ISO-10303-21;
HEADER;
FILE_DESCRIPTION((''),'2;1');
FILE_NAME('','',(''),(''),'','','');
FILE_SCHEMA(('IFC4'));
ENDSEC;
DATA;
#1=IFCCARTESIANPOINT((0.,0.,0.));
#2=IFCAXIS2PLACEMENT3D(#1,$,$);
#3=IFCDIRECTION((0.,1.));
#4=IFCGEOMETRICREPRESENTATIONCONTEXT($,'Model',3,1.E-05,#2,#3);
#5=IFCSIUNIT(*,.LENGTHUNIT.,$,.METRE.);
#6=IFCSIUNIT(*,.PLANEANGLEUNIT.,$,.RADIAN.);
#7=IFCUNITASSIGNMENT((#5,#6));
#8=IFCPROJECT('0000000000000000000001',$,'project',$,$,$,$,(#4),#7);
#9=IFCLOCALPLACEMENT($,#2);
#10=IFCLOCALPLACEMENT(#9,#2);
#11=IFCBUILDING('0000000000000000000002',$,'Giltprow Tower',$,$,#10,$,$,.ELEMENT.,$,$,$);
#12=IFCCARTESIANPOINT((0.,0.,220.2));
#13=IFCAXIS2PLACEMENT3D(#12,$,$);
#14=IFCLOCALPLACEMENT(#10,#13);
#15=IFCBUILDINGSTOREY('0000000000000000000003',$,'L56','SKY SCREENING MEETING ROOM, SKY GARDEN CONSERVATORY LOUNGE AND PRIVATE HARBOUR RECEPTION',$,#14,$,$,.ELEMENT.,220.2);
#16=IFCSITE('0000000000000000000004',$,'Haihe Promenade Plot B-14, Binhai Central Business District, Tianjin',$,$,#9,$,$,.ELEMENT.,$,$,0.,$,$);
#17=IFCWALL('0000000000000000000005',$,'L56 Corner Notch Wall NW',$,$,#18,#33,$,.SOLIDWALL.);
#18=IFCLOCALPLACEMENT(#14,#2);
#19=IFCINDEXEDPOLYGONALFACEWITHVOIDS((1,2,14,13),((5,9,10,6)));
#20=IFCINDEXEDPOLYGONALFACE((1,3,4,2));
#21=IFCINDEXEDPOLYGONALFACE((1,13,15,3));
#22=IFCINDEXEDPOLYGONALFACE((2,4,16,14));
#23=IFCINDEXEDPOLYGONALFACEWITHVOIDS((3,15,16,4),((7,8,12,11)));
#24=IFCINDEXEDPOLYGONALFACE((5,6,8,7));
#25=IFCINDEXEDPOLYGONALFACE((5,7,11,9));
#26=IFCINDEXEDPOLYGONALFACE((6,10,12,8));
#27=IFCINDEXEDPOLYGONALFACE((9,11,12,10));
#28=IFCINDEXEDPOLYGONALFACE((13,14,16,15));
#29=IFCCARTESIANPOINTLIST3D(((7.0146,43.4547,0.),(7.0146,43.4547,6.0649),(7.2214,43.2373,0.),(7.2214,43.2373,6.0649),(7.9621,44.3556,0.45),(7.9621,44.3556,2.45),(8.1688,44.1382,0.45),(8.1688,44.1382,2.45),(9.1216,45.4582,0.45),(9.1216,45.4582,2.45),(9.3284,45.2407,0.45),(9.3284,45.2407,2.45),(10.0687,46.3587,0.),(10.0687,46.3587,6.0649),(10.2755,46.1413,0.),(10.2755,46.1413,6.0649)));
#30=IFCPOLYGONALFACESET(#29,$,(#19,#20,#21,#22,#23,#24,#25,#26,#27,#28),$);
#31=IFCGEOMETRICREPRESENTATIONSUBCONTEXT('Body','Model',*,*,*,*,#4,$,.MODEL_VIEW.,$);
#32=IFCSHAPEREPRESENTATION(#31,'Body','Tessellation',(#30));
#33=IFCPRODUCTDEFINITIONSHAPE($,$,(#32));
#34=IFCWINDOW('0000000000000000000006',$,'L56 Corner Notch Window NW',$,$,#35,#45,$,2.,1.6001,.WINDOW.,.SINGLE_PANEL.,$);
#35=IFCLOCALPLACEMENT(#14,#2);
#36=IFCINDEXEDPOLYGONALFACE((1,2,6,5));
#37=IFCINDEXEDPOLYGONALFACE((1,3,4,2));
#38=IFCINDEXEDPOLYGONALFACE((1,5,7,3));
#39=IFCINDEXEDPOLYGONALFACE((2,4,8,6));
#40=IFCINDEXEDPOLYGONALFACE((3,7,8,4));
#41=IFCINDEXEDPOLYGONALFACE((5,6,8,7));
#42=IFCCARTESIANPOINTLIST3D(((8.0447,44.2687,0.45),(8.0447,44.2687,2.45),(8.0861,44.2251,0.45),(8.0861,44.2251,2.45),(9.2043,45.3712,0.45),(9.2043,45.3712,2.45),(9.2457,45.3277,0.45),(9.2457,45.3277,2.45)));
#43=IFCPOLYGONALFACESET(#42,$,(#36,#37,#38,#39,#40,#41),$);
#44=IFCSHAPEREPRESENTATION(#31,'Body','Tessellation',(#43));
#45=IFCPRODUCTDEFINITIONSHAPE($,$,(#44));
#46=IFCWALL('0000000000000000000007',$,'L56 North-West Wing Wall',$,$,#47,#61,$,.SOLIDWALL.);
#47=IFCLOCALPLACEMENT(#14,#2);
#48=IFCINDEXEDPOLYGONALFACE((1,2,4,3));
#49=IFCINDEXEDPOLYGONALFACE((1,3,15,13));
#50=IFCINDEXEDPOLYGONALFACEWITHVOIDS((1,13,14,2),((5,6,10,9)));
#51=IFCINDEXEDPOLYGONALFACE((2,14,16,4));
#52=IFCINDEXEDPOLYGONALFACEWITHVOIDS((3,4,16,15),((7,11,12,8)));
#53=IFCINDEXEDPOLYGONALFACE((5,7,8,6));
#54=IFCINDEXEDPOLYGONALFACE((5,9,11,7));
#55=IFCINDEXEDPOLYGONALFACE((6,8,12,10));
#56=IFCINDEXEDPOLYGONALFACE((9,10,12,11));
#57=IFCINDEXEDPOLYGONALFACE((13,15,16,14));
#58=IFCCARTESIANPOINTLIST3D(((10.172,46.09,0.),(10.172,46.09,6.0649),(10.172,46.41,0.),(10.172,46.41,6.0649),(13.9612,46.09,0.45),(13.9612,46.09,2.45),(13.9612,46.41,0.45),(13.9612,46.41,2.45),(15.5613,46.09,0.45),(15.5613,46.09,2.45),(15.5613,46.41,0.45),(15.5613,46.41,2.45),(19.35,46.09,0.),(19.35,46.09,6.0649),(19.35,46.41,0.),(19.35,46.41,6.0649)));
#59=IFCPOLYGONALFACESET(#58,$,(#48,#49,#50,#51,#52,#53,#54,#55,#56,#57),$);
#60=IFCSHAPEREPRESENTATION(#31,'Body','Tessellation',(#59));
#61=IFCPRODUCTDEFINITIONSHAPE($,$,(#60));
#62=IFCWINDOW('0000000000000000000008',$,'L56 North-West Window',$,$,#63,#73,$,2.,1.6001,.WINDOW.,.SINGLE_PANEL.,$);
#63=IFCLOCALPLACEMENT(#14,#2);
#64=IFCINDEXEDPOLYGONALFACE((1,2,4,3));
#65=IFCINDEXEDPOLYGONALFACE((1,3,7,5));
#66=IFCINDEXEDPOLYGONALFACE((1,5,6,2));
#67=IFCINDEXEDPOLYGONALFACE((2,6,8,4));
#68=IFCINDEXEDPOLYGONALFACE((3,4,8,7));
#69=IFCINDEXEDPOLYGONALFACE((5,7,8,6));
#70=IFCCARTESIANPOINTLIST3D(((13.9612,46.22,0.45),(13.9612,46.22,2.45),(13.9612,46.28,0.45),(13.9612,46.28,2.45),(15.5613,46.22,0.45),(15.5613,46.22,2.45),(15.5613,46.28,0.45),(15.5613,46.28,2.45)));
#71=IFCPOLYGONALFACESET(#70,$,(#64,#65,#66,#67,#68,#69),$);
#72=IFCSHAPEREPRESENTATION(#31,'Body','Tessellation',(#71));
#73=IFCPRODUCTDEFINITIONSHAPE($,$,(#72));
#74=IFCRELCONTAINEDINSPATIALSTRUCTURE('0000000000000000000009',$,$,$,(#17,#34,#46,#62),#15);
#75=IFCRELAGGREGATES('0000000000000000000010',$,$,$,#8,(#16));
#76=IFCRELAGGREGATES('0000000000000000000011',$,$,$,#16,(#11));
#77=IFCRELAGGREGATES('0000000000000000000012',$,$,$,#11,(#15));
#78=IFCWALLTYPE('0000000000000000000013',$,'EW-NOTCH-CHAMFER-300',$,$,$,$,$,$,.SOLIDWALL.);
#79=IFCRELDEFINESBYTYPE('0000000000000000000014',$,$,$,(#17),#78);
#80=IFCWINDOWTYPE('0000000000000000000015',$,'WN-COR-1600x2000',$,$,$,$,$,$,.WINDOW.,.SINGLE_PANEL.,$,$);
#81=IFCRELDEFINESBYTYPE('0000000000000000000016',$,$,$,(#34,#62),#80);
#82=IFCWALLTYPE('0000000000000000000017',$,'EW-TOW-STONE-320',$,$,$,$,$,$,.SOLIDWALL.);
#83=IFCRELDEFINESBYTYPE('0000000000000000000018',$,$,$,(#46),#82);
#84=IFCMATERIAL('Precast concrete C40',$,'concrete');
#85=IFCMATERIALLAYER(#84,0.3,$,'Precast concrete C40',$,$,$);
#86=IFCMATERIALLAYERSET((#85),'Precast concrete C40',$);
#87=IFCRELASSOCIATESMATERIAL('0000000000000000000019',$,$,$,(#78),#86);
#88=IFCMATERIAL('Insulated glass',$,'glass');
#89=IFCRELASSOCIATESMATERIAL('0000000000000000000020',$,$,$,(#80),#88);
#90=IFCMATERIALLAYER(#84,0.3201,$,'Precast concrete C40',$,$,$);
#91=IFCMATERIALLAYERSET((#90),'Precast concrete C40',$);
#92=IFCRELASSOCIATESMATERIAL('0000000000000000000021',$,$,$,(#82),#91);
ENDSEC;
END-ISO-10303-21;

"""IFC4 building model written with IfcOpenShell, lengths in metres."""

from ifc_helpers import new_model, si_unit, direction, frame, frame_2d, origin, place, context, subcontext, project, spatial, rectangle, extrude, source, transform, mapped, material, layer, layer_set, type_object, element, fill, save


model = new_model("IFC4")

# Units and contexts
model_context = context("Model", 3, precision=1e-05, world=origin(), true_north=direction((0.0, 1.0)))
body_context = subcontext(model_context, "Body", "Model", "MODEL_VIEW")
ifc_project = project(units=[si_unit("LENGTHUNIT", "METRE"), si_unit("PLANEANGLEUNIT", "RADIAN")], contexts=[model_context])

# Site, building, storey
site_placement = place(None, origin())
site = spatial("IfcSite", under=ifc_project, at=site_placement, Name="Haihe Promenade Plot B-14, Binhai Central Business District, Tianjin", CompositionType="ELEMENT", RefElevation=0.0)
building_placement = place(site_placement, origin())
building = spatial("IfcBuilding", under=site, at=building_placement, Name="Giltprow Tower", CompositionType="ELEMENT")
storey_placement = place(building_placement, frame((0.0, 0.0, 220.2)))
storey = spatial("IfcBuildingStorey", under=building, at=storey_placement, Name="L56", Description="SKY SCREENING MEETING ROOM, SKY GARDEN CONSERVATORY LOUNGE AND PRIVATE HARBOUR RECEPTION", CompositionType="ELEMENT", Elevation=220.2)

# Walls, openings, windows
ifc_material_1 = material(Name="Precast concrete C40", Category="concrete")
ifc_layer_1 = layer(ifc_material_1, 0.3, Name="Precast concrete C40")
ifc_layer_set_1 = layer_set([ifc_layer_1], Name="Precast concrete C40")
wall_type_1 = type_object("IfcWallType", Name="EW-NOTCH-CHAMFER-300", PredefinedType="SOLIDWALL", material=ifc_layer_set_1)
wall_1_placement = place(storey_placement, frame((10.1721, 46.25, 0.0), z_axis=(0.0, 0.0, 1.0), x_axis=(-0.724696, -0.689069, 0.0)))
wall_1 = element("IfcWall", 1, at=wall_1_placement, inside=storey, type_object=wall_type_1, Name="L56 Corner Notch Wall NW", PredefinedType="SOLIDWALL", context=body_context, shape_type="SweptSolid", body=[
    extrude(rectangle(XDim=4.2144, YDim=0.3, at=frame_2d((2.1072, 0.0))), origin(), (0.0, 0.0, 1.0), 6.0649),
])
opening_1_placement = place(wall_1_placement, frame((1.3069, 0.0, 0.45)))
opening_1 = element("IfcOpeningElement", 2, at=opening_1_placement, cuts=wall_1, PredefinedType="OPENING", context=body_context, shape_type="SweptSolid", body=[
    extrude(rectangle(XDim=1.6001, YDim=2.0, at=frame_2d((0.8, 1.0))), frame((0.0, 0.1599, 0.0), z_axis=(0.0, -1.0, 0.0), x_axis=(1.0, 0.0, 0.0)), (0.0, 0.0, 1.0), 0.3201),
])
ifc_material_2 = material(Name="Insulated glass", Category="glass")
window_type = type_object("IfcWindowType", Name="WN-COR-1600x2000", PartitioningType="SINGLE_PANEL", PredefinedType="WINDOW", material=ifc_material_2)
shared_shape_1 = source(origin(), body_context, "Body", "SweptSolid", [
    extrude(rectangle(XDim=1.6001, YDim=2.0, at=frame_2d((0.8, 1.0))), frame((0.0, 0.03, 0.0), z_axis=(0.0, -1.0, 0.0), x_axis=(1.0, 0.0, 0.0)), (0.0, 0.0, 1.0), 0.0601),
])
window_1_placement = place(opening_1_placement, origin())
window_1 = element("IfcWindow", 3, at=window_1_placement, inside=storey, type_object=window_type, Name="L56 Corner Notch Window NW", OverallHeight=2.0, OverallWidth=1.6001, PartitioningType="SINGLE_PANEL", PredefinedType="WINDOW", context=body_context, shape_type="MappedRepresentation", body=[
    mapped(shared_shape_1, transform((0.0, 0.0, 0.0), x_axis=(1.0, 0.0, 0.0), y_axis=(0.0, 1.0, 0.0), z_axis=(0.0, 0.0, 1.0), scale=1.0)),
])
fill(opening_1, window_1)
ifc_layer_2 = layer(ifc_material_1, 0.3201, Name="Precast concrete C40")
ifc_layer_set_2 = layer_set([ifc_layer_2], Name="Precast concrete C40")
wall_type_2 = type_object("IfcWallType", Name="EW-TOW-STONE-320", PredefinedType="SOLIDWALL", material=ifc_layer_set_2)
wall_2_placement = place(storey_placement, frame((10.1721, 46.25, 0.0), z_axis=(0.0, 0.0, 1.0), x_axis=(1.0, 0.0, 0.0)))
wall_2 = element("IfcWall", 4, at=wall_2_placement, inside=storey, type_object=wall_type_2, Name="L56 North-West Wing Wall", PredefinedType="SOLIDWALL", context=body_context, shape_type="SweptSolid", body=[
    extrude(rectangle(XDim=9.178, YDim=0.3201, at=frame_2d((4.5889, 0.0))), origin(), (0.0, 0.0, 1.0), 6.0649),
])
opening_2_placement = place(wall_2_placement, frame((3.7891, 0.0, 0.45)))
opening_2 = element("IfcOpeningElement", 5, at=opening_2_placement, cuts=wall_2, PredefinedType="OPENING", context=body_context, shape_type="SweptSolid", body=[
    extrude(rectangle(XDim=1.6001, YDim=2.0, at=frame_2d((0.8, 1.0))), frame((0.0, 0.1699, 0.0), z_axis=(0.0, -1.0, 0.0), x_axis=(1.0, 0.0, 0.0)), (0.0, 0.0, 1.0), 0.3401),
])
window_2_placement = place(opening_2_placement, origin())
window_2 = element("IfcWindow", 6, at=window_2_placement, inside=storey, type_object=window_type, Name="L56 North-West Window", OverallHeight=2.0, OverallWidth=1.6001, PartitioningType="SINGLE_PANEL", PredefinedType="WINDOW", context=body_context, shape_type="MappedRepresentation", body=[
    mapped(shared_shape_1, transform((0.0, 0.0, 0.0), x_axis=(1.0, 0.0, 0.0), y_axis=(0.0, 1.0, 0.0), z_axis=(0.0, 0.0, 1.0), scale=1.0)),
])
fill(opening_2, window_2)

save(model, "model.ifc")
